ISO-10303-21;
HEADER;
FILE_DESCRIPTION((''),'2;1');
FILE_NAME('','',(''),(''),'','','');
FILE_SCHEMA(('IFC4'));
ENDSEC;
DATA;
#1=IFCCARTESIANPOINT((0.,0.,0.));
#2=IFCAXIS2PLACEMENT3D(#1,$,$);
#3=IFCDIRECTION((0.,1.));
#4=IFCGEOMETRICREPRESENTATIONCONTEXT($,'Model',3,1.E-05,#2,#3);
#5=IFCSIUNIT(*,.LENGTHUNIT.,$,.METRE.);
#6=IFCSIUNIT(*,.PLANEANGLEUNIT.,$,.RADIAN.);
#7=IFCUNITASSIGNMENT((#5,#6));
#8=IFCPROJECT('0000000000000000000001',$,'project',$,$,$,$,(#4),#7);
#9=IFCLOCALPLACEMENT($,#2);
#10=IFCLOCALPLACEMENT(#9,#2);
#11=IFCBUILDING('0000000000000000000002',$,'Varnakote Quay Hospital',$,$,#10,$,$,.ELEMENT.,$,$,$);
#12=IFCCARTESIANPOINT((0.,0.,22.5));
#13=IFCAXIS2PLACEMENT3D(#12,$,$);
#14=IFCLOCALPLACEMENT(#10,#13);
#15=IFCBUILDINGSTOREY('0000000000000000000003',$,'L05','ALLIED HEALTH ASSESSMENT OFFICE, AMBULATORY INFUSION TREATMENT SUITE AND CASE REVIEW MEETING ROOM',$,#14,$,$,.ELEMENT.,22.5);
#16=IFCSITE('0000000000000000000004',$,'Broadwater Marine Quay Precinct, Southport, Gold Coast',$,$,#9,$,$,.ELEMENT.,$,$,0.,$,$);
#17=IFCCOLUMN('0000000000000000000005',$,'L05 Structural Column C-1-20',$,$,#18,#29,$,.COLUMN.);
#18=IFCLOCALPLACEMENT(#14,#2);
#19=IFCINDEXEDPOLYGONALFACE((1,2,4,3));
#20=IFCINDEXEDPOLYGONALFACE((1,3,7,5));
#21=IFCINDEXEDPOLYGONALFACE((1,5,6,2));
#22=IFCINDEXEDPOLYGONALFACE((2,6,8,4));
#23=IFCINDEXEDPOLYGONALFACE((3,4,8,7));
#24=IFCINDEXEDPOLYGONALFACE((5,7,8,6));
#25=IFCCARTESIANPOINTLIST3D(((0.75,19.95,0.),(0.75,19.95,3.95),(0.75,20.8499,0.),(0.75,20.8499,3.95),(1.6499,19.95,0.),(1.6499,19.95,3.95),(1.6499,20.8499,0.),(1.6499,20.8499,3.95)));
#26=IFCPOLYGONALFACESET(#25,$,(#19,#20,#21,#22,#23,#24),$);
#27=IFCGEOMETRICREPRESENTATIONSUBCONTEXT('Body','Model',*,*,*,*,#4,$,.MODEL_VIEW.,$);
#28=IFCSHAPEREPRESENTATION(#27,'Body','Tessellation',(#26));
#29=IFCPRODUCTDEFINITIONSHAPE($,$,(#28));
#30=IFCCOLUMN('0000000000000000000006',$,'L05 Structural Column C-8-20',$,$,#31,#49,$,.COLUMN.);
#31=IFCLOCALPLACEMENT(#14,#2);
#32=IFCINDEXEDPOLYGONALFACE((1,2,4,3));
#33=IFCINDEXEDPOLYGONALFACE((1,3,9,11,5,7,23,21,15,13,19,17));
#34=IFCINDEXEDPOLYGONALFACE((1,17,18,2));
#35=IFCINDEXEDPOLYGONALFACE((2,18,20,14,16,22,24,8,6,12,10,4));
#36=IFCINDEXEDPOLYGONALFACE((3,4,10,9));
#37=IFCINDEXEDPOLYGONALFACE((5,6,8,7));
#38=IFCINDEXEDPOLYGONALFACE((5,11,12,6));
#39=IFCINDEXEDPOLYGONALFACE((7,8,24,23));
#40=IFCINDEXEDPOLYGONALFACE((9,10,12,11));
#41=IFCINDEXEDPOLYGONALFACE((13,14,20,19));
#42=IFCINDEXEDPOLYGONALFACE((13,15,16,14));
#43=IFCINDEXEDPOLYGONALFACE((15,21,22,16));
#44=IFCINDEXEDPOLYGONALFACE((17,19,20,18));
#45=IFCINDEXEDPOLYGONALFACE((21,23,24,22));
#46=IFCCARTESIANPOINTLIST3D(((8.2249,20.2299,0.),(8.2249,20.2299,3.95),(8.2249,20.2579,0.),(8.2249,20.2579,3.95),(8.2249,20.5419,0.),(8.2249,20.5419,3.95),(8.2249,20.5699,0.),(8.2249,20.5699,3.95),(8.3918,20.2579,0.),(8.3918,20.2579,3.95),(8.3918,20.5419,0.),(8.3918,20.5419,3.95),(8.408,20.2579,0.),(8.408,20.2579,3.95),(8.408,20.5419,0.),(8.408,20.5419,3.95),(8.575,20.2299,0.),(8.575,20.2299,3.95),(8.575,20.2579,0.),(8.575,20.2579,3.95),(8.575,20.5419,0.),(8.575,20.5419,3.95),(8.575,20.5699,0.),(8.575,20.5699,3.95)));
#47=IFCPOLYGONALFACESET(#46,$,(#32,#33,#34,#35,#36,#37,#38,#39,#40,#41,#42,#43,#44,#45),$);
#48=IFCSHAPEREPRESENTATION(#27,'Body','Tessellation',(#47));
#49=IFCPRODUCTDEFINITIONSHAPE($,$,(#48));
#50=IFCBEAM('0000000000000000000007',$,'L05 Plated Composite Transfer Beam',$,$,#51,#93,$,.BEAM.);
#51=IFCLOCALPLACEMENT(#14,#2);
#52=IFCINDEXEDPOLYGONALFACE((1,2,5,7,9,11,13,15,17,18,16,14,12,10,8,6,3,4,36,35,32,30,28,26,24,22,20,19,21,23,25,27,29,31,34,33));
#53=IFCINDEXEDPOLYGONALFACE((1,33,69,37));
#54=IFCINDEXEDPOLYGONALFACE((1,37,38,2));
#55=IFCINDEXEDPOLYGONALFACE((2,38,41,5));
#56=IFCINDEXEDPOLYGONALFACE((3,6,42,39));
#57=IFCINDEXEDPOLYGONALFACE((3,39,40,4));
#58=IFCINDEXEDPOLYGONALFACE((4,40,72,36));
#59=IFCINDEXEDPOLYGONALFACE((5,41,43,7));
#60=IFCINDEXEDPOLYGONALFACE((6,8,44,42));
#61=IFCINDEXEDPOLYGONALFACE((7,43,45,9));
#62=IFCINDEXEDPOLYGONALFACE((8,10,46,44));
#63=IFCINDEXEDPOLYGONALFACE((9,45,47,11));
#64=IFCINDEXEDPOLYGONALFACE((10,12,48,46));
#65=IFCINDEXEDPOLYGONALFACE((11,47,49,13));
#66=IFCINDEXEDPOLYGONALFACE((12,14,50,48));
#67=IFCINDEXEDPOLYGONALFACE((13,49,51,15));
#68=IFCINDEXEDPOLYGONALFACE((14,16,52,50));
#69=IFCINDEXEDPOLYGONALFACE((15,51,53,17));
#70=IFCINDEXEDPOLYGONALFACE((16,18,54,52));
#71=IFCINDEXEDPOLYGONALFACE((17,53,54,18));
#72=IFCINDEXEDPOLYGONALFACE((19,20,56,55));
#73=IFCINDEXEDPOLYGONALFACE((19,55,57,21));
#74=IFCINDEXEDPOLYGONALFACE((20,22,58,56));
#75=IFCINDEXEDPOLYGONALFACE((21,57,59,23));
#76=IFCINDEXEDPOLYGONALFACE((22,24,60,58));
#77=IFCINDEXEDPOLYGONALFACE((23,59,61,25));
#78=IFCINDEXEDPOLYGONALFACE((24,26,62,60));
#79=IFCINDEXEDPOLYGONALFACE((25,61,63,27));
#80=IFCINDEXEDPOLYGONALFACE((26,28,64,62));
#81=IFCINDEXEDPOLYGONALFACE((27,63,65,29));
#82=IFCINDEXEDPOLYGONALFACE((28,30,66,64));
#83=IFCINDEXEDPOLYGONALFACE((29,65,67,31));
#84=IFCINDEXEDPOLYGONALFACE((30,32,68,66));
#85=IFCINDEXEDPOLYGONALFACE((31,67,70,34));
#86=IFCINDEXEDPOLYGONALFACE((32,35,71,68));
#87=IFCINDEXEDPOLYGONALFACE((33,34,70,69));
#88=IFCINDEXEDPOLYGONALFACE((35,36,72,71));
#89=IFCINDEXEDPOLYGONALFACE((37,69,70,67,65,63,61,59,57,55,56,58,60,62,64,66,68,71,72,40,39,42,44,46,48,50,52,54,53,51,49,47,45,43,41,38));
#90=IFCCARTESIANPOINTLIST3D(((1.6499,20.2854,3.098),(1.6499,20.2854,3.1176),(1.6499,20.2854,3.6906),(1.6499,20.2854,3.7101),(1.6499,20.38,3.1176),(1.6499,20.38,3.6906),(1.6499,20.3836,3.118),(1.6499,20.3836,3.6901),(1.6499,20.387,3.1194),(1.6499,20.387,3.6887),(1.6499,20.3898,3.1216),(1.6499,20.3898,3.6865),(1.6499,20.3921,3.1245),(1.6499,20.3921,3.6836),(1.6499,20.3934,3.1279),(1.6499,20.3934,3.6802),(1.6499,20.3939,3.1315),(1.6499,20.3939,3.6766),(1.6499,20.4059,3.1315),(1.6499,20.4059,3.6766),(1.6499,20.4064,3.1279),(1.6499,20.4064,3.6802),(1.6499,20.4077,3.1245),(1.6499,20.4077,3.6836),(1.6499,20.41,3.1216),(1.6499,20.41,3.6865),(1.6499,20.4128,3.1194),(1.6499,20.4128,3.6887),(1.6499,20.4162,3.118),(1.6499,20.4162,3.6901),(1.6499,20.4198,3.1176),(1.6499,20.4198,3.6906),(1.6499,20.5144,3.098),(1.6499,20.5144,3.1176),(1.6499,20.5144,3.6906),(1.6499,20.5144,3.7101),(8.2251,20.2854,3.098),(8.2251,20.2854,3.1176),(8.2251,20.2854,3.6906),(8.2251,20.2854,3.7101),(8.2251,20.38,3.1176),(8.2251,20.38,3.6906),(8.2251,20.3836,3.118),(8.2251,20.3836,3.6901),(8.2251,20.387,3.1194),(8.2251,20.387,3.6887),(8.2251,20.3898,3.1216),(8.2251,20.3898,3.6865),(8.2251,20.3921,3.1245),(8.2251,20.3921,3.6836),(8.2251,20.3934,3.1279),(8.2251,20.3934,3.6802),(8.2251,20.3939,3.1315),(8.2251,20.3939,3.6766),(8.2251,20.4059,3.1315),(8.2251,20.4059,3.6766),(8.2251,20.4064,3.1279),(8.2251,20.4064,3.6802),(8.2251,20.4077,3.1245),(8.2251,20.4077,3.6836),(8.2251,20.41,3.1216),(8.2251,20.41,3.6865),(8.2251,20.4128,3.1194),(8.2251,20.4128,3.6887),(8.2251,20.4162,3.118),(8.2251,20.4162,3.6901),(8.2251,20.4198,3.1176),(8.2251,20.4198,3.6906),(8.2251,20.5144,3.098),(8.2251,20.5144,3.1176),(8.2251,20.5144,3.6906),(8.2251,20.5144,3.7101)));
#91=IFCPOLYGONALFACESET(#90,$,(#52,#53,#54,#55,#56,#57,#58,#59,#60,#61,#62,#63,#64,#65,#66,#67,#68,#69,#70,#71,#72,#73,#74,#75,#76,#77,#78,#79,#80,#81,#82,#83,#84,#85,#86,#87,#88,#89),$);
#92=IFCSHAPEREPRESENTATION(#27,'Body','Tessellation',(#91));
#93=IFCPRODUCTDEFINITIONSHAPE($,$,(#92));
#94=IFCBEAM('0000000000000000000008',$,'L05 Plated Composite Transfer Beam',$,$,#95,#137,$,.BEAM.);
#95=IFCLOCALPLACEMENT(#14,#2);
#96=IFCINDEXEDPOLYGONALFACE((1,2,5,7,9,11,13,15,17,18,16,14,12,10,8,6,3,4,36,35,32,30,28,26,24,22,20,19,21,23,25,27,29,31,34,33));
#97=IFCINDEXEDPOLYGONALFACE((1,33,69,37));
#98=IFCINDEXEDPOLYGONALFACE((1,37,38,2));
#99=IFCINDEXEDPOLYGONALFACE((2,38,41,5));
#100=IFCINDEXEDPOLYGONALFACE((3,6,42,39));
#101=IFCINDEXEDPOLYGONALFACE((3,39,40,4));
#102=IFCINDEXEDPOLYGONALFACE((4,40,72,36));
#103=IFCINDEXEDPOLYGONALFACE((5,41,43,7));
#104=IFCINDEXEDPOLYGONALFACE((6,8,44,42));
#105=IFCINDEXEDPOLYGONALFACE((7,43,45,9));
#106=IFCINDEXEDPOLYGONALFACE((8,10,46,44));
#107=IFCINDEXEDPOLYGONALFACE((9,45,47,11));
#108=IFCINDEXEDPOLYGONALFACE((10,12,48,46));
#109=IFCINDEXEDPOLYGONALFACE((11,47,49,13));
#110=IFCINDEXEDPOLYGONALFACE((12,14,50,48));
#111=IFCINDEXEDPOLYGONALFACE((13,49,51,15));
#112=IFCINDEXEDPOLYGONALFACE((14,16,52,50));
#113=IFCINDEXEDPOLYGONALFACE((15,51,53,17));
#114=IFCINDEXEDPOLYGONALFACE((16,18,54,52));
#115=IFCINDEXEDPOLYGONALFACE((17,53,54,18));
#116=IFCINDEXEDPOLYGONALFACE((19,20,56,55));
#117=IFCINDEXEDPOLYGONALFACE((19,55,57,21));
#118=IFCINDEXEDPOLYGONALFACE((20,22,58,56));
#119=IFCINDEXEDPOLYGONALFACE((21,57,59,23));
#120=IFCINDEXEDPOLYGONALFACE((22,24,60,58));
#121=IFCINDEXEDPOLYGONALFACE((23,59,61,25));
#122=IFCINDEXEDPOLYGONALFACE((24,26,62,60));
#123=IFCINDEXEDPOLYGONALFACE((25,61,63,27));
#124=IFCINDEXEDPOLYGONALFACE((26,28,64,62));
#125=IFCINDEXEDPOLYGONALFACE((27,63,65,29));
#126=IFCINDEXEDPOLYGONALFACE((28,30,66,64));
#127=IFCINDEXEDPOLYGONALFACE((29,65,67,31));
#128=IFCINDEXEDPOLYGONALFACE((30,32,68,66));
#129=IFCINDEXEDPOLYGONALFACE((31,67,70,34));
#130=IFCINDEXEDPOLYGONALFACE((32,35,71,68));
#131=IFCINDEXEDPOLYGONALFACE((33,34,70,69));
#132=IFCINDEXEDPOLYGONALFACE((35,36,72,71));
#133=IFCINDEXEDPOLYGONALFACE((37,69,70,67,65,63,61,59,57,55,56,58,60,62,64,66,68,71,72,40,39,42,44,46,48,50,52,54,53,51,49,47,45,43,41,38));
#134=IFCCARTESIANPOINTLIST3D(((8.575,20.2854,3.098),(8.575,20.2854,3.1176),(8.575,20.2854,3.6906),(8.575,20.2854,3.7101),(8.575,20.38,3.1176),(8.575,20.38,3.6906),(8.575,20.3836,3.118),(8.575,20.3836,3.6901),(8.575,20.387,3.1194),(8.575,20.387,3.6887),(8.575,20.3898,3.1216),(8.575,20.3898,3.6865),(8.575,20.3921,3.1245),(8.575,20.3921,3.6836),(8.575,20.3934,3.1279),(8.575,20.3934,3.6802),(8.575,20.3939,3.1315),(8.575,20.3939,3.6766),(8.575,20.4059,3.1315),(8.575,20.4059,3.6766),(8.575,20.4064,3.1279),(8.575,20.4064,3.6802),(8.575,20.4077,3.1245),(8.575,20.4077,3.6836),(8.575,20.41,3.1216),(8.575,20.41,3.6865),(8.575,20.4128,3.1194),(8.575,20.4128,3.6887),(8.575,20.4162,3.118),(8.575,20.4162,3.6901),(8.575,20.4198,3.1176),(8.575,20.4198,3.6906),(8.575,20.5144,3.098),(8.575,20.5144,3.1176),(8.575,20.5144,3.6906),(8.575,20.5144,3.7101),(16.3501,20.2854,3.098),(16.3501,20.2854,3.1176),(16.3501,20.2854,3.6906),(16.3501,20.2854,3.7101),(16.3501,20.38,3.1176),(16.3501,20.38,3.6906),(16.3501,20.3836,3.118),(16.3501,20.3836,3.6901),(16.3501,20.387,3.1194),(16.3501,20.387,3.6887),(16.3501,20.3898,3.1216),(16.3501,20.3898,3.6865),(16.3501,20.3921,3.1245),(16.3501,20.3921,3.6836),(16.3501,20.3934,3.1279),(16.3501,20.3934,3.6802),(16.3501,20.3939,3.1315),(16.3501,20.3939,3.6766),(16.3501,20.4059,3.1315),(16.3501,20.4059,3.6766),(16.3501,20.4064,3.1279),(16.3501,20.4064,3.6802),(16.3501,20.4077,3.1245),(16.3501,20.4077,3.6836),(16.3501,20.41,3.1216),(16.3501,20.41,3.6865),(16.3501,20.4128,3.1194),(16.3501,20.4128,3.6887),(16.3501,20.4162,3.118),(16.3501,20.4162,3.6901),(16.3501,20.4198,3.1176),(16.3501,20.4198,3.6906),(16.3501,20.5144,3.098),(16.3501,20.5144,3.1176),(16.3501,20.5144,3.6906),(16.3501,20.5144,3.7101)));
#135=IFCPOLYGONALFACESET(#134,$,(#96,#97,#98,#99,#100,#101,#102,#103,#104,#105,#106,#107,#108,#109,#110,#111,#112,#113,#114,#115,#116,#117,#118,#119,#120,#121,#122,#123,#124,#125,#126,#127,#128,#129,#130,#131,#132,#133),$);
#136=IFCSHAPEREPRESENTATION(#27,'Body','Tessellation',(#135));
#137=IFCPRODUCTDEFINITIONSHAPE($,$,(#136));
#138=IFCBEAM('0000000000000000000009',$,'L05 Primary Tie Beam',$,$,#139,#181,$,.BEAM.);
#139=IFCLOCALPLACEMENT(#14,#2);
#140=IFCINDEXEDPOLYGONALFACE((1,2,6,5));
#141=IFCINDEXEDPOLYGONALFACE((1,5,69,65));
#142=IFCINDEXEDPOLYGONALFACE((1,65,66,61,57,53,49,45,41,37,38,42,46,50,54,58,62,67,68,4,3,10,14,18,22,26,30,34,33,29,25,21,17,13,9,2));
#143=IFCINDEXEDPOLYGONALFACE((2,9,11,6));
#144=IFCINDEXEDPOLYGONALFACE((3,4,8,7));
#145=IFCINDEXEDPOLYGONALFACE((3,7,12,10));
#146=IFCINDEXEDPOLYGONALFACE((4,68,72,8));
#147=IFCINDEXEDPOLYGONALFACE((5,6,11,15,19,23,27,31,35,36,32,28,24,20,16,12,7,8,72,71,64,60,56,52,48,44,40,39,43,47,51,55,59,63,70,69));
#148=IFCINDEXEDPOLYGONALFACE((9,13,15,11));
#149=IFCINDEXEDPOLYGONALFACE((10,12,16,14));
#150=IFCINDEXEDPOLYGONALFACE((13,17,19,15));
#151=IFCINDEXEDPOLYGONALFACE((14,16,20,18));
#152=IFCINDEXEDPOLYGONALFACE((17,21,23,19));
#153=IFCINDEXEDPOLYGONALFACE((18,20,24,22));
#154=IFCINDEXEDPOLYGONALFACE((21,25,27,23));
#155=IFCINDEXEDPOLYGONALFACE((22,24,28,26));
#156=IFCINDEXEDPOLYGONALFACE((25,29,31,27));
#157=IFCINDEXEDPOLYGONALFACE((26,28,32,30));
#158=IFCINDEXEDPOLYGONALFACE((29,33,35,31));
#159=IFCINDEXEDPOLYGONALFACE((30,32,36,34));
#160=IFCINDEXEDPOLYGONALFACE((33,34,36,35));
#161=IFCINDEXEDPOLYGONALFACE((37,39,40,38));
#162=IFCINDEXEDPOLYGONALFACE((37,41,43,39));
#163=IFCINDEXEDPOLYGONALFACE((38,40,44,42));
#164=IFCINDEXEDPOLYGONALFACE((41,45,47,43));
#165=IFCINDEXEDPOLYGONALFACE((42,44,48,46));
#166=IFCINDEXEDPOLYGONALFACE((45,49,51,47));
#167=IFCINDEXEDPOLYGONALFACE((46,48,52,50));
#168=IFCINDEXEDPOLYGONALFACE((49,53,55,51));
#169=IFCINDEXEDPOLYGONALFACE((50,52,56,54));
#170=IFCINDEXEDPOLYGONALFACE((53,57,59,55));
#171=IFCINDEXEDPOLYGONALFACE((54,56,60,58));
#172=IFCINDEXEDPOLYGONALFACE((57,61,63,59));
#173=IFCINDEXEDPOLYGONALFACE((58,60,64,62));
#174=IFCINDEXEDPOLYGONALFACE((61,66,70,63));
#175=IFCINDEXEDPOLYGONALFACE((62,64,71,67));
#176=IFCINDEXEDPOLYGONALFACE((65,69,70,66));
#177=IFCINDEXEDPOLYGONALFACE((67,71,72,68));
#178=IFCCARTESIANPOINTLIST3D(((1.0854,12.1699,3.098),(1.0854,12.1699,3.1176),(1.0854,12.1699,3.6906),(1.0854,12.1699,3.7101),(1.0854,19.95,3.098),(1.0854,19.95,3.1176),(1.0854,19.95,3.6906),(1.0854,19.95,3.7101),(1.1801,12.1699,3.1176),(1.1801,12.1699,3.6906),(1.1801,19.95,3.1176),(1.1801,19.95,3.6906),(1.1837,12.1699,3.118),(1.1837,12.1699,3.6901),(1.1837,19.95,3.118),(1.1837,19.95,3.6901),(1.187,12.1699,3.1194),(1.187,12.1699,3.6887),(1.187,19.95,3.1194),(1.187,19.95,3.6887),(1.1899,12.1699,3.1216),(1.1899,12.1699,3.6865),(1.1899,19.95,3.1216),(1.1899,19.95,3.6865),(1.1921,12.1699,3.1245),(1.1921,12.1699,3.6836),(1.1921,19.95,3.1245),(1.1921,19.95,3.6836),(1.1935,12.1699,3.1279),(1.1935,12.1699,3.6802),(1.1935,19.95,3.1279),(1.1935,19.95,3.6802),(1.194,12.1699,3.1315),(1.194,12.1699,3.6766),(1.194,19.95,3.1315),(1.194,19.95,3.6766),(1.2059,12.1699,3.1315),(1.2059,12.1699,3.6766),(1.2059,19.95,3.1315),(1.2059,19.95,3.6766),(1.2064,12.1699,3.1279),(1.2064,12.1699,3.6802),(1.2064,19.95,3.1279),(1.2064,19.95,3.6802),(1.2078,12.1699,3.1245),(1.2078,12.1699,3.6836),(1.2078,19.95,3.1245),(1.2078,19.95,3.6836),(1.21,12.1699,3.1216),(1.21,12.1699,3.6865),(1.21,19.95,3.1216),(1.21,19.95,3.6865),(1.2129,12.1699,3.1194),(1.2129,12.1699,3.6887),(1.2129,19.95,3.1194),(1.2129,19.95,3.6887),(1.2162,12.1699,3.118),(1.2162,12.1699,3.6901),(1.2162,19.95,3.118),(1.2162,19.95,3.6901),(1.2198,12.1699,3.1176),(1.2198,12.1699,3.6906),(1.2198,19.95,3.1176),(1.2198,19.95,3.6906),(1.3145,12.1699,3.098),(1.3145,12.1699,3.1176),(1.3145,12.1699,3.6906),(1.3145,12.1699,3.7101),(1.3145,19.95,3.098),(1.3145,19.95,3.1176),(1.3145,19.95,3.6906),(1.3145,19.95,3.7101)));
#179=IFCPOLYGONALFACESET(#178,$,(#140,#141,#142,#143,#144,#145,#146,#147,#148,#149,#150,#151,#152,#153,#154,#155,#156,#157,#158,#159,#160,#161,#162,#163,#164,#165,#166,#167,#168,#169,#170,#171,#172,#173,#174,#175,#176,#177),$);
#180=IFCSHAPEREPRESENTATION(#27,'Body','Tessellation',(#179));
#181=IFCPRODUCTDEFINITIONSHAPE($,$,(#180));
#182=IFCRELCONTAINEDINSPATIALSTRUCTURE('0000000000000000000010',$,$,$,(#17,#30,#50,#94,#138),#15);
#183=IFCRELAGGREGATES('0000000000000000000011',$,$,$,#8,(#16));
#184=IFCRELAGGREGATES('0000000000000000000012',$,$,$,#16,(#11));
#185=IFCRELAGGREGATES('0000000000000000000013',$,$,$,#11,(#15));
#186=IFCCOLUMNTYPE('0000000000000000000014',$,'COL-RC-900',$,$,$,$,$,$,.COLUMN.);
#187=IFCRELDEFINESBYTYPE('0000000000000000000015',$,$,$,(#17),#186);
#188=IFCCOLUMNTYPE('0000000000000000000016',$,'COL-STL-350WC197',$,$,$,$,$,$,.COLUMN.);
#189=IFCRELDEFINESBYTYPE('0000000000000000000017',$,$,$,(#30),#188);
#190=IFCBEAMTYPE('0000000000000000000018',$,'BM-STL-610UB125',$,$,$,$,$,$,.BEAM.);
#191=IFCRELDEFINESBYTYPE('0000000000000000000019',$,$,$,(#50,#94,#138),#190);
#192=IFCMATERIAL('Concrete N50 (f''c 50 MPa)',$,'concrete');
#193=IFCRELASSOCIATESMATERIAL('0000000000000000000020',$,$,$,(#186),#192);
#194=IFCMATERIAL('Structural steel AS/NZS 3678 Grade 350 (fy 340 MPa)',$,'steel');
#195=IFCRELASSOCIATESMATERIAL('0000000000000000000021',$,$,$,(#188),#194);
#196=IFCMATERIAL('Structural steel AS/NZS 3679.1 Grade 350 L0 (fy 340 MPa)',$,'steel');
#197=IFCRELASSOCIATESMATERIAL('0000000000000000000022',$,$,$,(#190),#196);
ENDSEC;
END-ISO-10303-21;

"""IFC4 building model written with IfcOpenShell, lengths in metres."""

from ifc_helpers import new_model, si_unit, direction, frame, origin, origin_2d, place, context, subcontext, project, spatial, rectangle, i_section, extrude, material, material_profile, profile_set, type_object, element, save


model = new_model("IFC4")

# Units and contexts
model_context = context("Model", 3, precision=1e-05, world=origin(), true_north=direction((0.0, 1.0)))
body_context = subcontext(model_context, "Body", "Model", "MODEL_VIEW")
ifc_project = project(units=[si_unit("LENGTHUNIT", "METRE"), si_unit("PLANEANGLEUNIT", "RADIAN")], contexts=[model_context])

# Site, building, storey
site_placement = place(None, origin())
site = spatial("IfcSite", under=ifc_project, at=site_placement, Name="Broadwater Marine Quay Precinct, Southport, Gold Coast", CompositionType="ELEMENT", RefElevation=0.0)
building_placement = place(site_placement, origin())
building = spatial("IfcBuilding", under=site, at=building_placement, Name="Varnakote Quay Hospital", CompositionType="ELEMENT")
storey_placement = place(building_placement, frame((0.0, 0.0, 22.5)))
storey = spatial("IfcBuildingStorey", under=building, at=storey_placement, Name="L05", Description="ALLIED HEALTH ASSESSMENT OFFICE, AMBULATORY INFUSION TREATMENT SUITE AND CASE REVIEW MEETING ROOM", CompositionType="ELEMENT", Elevation=22.5)

# Columns
ifc_material_1 = material(Name="Concrete N50 (f'c 50 MPa)", Category="concrete")
ifc_material_profile_1 = material_profile(ifc_material_1, rectangle(XDim=0.8999, YDim=0.8999, at=origin_2d()), Name="RC-COL-900x900")
ifc_profile_set_1 = profile_set([ifc_material_profile_1], Name="Concrete N50 (f'c 50 MPa)")
column_type_1 = type_object("IfcColumnType", Name="COL-RC-900", PredefinedType="COLUMN", material=ifc_profile_set_1)
column_1_placement = place(storey_placement, frame((1.2, 20.3999, 0.0), z_axis=(0.0, 0.0, 1.0), x_axis=(1.0, 0.0, 0.0)))
element("IfcColumn", 1, at=column_1_placement, inside=storey, type_object=column_type_1, Name="L05 Structural Column C-1-20", PredefinedType="COLUMN", context=body_context, shape_type="SweptSolid", body=[
    extrude(rectangle(XDim=0.8999, YDim=0.8999, at=origin_2d()), origin(), (0.0, 0.0, 1.0), 3.95),
])
ifc_material_2 = material(Name="Structural steel AS/NZS 3678 Grade 350 (fy 340 MPa)", Category="steel")
ifc_material_profile_2 = material_profile(ifc_material_2, i_section(OverallWidth=0.3501, OverallDepth=0.3401, WebThickness=0.0161, FlangeThickness=0.0281, at=origin_2d()), Name="350WC197")
ifc_profile_set_2 = profile_set([ifc_material_profile_2], Name="Structural steel AS/NZS 3678 Grade 350 (fy 340 MPa)")
column_type_2 = type_object("IfcColumnType", Name="COL-STL-350WC197", PredefinedType="COLUMN", material=ifc_profile_set_2)
column_2_placement = place(storey_placement, frame((8.3999, 20.3999, 0.0), z_axis=(0.0, 0.0, 1.0), x_axis=(1.0, 0.0, 0.0)))
element("IfcColumn", 2, at=column_2_placement, inside=storey, type_object=column_type_2, Name="L05 Structural Column C-8-20", PredefinedType="COLUMN", context=body_context, shape_type="SweptSolid", body=[
    extrude(i_section(OverallWidth=0.3501, OverallDepth=0.3401, WebThickness=0.0161, FlangeThickness=0.0281, at=origin_2d()), origin(), (0.0, 0.0, 1.0), 3.95),
])

# Beams
ifc_material_3 = material(Name="Structural steel AS/NZS 3679.1 Grade 350 L0 (fy 340 MPa)", Category="steel")
ifc_material_profile_3 = material_profile(ifc_material_3, i_section(OverallWidth=0.229, OverallDepth=0.6121, WebThickness=0.012, FlangeThickness=0.0195, FilletRadius=0.0139, at=origin_2d()), Name="610UB125")
ifc_profile_set_3 = profile_set([ifc_material_profile_3], Name="Structural steel AS/NZS 3679.1 Grade 350 L0 (fy 340 MPa)")
beam_type = type_object("IfcBeamType", Name="BM-STL-610UB125", PredefinedType="BEAM", material=ifc_profile_set_3)
beam_1_placement = place(storey_placement, frame((1.6499, 20.3999, 3.4041), z_axis=(1.0, 0.0, 0.0), x_axis=(0.0, 1.0, 0.0)))
element("IfcBeam", 3, at=beam_1_placement, inside=storey, type_object=beam_type, Name="L05 Plated Composite Transfer Beam", PredefinedType="BEAM", context=body_context, shape_type="SweptSolid", body=[
    extrude(i_section(OverallWidth=0.229, OverallDepth=0.6121, WebThickness=0.012, FlangeThickness=0.0195, FilletRadius=0.0139, at=origin_2d()), origin(), (0.0, 0.0, 1.0), 6.5752),
])
beam_2_placement = place(storey_placement, frame((8.575, 20.3999, 3.4041), z_axis=(1.0, 0.0, 0.0), x_axis=(0.0, 1.0, 0.0)))
element("IfcBeam", 4, at=beam_2_placement, inside=storey, type_object=beam_type, Name="L05 Plated Composite Transfer Beam", PredefinedType="BEAM", context=body_context, shape_type="SweptSolid", body=[
    extrude(i_section(OverallWidth=0.229, OverallDepth=0.6121, WebThickness=0.012, FlangeThickness=0.0195, FilletRadius=0.0139, at=origin_2d()), origin(), (0.0, 0.0, 1.0), 7.7751),
])
beam_3_placement = place(storey_placement, frame((1.2, 12.1699, 3.4041), z_axis=(0.0, 1.0, 0.0), x_axis=(-1.0, 0.0, 0.0)))
element("IfcBeam", 5, at=beam_3_placement, inside=storey, type_object=beam_type, Name="L05 Primary Tie Beam", PredefinedType="BEAM", context=body_context, shape_type="SweptSolid", body=[
    extrude(i_section(OverallWidth=0.229, OverallDepth=0.6121, WebThickness=0.012, FlangeThickness=0.0195, FilletRadius=0.0139, at=origin_2d()), origin(), (0.0, 0.0, 1.0), 7.78),
])

save(model, "model.ifc")
